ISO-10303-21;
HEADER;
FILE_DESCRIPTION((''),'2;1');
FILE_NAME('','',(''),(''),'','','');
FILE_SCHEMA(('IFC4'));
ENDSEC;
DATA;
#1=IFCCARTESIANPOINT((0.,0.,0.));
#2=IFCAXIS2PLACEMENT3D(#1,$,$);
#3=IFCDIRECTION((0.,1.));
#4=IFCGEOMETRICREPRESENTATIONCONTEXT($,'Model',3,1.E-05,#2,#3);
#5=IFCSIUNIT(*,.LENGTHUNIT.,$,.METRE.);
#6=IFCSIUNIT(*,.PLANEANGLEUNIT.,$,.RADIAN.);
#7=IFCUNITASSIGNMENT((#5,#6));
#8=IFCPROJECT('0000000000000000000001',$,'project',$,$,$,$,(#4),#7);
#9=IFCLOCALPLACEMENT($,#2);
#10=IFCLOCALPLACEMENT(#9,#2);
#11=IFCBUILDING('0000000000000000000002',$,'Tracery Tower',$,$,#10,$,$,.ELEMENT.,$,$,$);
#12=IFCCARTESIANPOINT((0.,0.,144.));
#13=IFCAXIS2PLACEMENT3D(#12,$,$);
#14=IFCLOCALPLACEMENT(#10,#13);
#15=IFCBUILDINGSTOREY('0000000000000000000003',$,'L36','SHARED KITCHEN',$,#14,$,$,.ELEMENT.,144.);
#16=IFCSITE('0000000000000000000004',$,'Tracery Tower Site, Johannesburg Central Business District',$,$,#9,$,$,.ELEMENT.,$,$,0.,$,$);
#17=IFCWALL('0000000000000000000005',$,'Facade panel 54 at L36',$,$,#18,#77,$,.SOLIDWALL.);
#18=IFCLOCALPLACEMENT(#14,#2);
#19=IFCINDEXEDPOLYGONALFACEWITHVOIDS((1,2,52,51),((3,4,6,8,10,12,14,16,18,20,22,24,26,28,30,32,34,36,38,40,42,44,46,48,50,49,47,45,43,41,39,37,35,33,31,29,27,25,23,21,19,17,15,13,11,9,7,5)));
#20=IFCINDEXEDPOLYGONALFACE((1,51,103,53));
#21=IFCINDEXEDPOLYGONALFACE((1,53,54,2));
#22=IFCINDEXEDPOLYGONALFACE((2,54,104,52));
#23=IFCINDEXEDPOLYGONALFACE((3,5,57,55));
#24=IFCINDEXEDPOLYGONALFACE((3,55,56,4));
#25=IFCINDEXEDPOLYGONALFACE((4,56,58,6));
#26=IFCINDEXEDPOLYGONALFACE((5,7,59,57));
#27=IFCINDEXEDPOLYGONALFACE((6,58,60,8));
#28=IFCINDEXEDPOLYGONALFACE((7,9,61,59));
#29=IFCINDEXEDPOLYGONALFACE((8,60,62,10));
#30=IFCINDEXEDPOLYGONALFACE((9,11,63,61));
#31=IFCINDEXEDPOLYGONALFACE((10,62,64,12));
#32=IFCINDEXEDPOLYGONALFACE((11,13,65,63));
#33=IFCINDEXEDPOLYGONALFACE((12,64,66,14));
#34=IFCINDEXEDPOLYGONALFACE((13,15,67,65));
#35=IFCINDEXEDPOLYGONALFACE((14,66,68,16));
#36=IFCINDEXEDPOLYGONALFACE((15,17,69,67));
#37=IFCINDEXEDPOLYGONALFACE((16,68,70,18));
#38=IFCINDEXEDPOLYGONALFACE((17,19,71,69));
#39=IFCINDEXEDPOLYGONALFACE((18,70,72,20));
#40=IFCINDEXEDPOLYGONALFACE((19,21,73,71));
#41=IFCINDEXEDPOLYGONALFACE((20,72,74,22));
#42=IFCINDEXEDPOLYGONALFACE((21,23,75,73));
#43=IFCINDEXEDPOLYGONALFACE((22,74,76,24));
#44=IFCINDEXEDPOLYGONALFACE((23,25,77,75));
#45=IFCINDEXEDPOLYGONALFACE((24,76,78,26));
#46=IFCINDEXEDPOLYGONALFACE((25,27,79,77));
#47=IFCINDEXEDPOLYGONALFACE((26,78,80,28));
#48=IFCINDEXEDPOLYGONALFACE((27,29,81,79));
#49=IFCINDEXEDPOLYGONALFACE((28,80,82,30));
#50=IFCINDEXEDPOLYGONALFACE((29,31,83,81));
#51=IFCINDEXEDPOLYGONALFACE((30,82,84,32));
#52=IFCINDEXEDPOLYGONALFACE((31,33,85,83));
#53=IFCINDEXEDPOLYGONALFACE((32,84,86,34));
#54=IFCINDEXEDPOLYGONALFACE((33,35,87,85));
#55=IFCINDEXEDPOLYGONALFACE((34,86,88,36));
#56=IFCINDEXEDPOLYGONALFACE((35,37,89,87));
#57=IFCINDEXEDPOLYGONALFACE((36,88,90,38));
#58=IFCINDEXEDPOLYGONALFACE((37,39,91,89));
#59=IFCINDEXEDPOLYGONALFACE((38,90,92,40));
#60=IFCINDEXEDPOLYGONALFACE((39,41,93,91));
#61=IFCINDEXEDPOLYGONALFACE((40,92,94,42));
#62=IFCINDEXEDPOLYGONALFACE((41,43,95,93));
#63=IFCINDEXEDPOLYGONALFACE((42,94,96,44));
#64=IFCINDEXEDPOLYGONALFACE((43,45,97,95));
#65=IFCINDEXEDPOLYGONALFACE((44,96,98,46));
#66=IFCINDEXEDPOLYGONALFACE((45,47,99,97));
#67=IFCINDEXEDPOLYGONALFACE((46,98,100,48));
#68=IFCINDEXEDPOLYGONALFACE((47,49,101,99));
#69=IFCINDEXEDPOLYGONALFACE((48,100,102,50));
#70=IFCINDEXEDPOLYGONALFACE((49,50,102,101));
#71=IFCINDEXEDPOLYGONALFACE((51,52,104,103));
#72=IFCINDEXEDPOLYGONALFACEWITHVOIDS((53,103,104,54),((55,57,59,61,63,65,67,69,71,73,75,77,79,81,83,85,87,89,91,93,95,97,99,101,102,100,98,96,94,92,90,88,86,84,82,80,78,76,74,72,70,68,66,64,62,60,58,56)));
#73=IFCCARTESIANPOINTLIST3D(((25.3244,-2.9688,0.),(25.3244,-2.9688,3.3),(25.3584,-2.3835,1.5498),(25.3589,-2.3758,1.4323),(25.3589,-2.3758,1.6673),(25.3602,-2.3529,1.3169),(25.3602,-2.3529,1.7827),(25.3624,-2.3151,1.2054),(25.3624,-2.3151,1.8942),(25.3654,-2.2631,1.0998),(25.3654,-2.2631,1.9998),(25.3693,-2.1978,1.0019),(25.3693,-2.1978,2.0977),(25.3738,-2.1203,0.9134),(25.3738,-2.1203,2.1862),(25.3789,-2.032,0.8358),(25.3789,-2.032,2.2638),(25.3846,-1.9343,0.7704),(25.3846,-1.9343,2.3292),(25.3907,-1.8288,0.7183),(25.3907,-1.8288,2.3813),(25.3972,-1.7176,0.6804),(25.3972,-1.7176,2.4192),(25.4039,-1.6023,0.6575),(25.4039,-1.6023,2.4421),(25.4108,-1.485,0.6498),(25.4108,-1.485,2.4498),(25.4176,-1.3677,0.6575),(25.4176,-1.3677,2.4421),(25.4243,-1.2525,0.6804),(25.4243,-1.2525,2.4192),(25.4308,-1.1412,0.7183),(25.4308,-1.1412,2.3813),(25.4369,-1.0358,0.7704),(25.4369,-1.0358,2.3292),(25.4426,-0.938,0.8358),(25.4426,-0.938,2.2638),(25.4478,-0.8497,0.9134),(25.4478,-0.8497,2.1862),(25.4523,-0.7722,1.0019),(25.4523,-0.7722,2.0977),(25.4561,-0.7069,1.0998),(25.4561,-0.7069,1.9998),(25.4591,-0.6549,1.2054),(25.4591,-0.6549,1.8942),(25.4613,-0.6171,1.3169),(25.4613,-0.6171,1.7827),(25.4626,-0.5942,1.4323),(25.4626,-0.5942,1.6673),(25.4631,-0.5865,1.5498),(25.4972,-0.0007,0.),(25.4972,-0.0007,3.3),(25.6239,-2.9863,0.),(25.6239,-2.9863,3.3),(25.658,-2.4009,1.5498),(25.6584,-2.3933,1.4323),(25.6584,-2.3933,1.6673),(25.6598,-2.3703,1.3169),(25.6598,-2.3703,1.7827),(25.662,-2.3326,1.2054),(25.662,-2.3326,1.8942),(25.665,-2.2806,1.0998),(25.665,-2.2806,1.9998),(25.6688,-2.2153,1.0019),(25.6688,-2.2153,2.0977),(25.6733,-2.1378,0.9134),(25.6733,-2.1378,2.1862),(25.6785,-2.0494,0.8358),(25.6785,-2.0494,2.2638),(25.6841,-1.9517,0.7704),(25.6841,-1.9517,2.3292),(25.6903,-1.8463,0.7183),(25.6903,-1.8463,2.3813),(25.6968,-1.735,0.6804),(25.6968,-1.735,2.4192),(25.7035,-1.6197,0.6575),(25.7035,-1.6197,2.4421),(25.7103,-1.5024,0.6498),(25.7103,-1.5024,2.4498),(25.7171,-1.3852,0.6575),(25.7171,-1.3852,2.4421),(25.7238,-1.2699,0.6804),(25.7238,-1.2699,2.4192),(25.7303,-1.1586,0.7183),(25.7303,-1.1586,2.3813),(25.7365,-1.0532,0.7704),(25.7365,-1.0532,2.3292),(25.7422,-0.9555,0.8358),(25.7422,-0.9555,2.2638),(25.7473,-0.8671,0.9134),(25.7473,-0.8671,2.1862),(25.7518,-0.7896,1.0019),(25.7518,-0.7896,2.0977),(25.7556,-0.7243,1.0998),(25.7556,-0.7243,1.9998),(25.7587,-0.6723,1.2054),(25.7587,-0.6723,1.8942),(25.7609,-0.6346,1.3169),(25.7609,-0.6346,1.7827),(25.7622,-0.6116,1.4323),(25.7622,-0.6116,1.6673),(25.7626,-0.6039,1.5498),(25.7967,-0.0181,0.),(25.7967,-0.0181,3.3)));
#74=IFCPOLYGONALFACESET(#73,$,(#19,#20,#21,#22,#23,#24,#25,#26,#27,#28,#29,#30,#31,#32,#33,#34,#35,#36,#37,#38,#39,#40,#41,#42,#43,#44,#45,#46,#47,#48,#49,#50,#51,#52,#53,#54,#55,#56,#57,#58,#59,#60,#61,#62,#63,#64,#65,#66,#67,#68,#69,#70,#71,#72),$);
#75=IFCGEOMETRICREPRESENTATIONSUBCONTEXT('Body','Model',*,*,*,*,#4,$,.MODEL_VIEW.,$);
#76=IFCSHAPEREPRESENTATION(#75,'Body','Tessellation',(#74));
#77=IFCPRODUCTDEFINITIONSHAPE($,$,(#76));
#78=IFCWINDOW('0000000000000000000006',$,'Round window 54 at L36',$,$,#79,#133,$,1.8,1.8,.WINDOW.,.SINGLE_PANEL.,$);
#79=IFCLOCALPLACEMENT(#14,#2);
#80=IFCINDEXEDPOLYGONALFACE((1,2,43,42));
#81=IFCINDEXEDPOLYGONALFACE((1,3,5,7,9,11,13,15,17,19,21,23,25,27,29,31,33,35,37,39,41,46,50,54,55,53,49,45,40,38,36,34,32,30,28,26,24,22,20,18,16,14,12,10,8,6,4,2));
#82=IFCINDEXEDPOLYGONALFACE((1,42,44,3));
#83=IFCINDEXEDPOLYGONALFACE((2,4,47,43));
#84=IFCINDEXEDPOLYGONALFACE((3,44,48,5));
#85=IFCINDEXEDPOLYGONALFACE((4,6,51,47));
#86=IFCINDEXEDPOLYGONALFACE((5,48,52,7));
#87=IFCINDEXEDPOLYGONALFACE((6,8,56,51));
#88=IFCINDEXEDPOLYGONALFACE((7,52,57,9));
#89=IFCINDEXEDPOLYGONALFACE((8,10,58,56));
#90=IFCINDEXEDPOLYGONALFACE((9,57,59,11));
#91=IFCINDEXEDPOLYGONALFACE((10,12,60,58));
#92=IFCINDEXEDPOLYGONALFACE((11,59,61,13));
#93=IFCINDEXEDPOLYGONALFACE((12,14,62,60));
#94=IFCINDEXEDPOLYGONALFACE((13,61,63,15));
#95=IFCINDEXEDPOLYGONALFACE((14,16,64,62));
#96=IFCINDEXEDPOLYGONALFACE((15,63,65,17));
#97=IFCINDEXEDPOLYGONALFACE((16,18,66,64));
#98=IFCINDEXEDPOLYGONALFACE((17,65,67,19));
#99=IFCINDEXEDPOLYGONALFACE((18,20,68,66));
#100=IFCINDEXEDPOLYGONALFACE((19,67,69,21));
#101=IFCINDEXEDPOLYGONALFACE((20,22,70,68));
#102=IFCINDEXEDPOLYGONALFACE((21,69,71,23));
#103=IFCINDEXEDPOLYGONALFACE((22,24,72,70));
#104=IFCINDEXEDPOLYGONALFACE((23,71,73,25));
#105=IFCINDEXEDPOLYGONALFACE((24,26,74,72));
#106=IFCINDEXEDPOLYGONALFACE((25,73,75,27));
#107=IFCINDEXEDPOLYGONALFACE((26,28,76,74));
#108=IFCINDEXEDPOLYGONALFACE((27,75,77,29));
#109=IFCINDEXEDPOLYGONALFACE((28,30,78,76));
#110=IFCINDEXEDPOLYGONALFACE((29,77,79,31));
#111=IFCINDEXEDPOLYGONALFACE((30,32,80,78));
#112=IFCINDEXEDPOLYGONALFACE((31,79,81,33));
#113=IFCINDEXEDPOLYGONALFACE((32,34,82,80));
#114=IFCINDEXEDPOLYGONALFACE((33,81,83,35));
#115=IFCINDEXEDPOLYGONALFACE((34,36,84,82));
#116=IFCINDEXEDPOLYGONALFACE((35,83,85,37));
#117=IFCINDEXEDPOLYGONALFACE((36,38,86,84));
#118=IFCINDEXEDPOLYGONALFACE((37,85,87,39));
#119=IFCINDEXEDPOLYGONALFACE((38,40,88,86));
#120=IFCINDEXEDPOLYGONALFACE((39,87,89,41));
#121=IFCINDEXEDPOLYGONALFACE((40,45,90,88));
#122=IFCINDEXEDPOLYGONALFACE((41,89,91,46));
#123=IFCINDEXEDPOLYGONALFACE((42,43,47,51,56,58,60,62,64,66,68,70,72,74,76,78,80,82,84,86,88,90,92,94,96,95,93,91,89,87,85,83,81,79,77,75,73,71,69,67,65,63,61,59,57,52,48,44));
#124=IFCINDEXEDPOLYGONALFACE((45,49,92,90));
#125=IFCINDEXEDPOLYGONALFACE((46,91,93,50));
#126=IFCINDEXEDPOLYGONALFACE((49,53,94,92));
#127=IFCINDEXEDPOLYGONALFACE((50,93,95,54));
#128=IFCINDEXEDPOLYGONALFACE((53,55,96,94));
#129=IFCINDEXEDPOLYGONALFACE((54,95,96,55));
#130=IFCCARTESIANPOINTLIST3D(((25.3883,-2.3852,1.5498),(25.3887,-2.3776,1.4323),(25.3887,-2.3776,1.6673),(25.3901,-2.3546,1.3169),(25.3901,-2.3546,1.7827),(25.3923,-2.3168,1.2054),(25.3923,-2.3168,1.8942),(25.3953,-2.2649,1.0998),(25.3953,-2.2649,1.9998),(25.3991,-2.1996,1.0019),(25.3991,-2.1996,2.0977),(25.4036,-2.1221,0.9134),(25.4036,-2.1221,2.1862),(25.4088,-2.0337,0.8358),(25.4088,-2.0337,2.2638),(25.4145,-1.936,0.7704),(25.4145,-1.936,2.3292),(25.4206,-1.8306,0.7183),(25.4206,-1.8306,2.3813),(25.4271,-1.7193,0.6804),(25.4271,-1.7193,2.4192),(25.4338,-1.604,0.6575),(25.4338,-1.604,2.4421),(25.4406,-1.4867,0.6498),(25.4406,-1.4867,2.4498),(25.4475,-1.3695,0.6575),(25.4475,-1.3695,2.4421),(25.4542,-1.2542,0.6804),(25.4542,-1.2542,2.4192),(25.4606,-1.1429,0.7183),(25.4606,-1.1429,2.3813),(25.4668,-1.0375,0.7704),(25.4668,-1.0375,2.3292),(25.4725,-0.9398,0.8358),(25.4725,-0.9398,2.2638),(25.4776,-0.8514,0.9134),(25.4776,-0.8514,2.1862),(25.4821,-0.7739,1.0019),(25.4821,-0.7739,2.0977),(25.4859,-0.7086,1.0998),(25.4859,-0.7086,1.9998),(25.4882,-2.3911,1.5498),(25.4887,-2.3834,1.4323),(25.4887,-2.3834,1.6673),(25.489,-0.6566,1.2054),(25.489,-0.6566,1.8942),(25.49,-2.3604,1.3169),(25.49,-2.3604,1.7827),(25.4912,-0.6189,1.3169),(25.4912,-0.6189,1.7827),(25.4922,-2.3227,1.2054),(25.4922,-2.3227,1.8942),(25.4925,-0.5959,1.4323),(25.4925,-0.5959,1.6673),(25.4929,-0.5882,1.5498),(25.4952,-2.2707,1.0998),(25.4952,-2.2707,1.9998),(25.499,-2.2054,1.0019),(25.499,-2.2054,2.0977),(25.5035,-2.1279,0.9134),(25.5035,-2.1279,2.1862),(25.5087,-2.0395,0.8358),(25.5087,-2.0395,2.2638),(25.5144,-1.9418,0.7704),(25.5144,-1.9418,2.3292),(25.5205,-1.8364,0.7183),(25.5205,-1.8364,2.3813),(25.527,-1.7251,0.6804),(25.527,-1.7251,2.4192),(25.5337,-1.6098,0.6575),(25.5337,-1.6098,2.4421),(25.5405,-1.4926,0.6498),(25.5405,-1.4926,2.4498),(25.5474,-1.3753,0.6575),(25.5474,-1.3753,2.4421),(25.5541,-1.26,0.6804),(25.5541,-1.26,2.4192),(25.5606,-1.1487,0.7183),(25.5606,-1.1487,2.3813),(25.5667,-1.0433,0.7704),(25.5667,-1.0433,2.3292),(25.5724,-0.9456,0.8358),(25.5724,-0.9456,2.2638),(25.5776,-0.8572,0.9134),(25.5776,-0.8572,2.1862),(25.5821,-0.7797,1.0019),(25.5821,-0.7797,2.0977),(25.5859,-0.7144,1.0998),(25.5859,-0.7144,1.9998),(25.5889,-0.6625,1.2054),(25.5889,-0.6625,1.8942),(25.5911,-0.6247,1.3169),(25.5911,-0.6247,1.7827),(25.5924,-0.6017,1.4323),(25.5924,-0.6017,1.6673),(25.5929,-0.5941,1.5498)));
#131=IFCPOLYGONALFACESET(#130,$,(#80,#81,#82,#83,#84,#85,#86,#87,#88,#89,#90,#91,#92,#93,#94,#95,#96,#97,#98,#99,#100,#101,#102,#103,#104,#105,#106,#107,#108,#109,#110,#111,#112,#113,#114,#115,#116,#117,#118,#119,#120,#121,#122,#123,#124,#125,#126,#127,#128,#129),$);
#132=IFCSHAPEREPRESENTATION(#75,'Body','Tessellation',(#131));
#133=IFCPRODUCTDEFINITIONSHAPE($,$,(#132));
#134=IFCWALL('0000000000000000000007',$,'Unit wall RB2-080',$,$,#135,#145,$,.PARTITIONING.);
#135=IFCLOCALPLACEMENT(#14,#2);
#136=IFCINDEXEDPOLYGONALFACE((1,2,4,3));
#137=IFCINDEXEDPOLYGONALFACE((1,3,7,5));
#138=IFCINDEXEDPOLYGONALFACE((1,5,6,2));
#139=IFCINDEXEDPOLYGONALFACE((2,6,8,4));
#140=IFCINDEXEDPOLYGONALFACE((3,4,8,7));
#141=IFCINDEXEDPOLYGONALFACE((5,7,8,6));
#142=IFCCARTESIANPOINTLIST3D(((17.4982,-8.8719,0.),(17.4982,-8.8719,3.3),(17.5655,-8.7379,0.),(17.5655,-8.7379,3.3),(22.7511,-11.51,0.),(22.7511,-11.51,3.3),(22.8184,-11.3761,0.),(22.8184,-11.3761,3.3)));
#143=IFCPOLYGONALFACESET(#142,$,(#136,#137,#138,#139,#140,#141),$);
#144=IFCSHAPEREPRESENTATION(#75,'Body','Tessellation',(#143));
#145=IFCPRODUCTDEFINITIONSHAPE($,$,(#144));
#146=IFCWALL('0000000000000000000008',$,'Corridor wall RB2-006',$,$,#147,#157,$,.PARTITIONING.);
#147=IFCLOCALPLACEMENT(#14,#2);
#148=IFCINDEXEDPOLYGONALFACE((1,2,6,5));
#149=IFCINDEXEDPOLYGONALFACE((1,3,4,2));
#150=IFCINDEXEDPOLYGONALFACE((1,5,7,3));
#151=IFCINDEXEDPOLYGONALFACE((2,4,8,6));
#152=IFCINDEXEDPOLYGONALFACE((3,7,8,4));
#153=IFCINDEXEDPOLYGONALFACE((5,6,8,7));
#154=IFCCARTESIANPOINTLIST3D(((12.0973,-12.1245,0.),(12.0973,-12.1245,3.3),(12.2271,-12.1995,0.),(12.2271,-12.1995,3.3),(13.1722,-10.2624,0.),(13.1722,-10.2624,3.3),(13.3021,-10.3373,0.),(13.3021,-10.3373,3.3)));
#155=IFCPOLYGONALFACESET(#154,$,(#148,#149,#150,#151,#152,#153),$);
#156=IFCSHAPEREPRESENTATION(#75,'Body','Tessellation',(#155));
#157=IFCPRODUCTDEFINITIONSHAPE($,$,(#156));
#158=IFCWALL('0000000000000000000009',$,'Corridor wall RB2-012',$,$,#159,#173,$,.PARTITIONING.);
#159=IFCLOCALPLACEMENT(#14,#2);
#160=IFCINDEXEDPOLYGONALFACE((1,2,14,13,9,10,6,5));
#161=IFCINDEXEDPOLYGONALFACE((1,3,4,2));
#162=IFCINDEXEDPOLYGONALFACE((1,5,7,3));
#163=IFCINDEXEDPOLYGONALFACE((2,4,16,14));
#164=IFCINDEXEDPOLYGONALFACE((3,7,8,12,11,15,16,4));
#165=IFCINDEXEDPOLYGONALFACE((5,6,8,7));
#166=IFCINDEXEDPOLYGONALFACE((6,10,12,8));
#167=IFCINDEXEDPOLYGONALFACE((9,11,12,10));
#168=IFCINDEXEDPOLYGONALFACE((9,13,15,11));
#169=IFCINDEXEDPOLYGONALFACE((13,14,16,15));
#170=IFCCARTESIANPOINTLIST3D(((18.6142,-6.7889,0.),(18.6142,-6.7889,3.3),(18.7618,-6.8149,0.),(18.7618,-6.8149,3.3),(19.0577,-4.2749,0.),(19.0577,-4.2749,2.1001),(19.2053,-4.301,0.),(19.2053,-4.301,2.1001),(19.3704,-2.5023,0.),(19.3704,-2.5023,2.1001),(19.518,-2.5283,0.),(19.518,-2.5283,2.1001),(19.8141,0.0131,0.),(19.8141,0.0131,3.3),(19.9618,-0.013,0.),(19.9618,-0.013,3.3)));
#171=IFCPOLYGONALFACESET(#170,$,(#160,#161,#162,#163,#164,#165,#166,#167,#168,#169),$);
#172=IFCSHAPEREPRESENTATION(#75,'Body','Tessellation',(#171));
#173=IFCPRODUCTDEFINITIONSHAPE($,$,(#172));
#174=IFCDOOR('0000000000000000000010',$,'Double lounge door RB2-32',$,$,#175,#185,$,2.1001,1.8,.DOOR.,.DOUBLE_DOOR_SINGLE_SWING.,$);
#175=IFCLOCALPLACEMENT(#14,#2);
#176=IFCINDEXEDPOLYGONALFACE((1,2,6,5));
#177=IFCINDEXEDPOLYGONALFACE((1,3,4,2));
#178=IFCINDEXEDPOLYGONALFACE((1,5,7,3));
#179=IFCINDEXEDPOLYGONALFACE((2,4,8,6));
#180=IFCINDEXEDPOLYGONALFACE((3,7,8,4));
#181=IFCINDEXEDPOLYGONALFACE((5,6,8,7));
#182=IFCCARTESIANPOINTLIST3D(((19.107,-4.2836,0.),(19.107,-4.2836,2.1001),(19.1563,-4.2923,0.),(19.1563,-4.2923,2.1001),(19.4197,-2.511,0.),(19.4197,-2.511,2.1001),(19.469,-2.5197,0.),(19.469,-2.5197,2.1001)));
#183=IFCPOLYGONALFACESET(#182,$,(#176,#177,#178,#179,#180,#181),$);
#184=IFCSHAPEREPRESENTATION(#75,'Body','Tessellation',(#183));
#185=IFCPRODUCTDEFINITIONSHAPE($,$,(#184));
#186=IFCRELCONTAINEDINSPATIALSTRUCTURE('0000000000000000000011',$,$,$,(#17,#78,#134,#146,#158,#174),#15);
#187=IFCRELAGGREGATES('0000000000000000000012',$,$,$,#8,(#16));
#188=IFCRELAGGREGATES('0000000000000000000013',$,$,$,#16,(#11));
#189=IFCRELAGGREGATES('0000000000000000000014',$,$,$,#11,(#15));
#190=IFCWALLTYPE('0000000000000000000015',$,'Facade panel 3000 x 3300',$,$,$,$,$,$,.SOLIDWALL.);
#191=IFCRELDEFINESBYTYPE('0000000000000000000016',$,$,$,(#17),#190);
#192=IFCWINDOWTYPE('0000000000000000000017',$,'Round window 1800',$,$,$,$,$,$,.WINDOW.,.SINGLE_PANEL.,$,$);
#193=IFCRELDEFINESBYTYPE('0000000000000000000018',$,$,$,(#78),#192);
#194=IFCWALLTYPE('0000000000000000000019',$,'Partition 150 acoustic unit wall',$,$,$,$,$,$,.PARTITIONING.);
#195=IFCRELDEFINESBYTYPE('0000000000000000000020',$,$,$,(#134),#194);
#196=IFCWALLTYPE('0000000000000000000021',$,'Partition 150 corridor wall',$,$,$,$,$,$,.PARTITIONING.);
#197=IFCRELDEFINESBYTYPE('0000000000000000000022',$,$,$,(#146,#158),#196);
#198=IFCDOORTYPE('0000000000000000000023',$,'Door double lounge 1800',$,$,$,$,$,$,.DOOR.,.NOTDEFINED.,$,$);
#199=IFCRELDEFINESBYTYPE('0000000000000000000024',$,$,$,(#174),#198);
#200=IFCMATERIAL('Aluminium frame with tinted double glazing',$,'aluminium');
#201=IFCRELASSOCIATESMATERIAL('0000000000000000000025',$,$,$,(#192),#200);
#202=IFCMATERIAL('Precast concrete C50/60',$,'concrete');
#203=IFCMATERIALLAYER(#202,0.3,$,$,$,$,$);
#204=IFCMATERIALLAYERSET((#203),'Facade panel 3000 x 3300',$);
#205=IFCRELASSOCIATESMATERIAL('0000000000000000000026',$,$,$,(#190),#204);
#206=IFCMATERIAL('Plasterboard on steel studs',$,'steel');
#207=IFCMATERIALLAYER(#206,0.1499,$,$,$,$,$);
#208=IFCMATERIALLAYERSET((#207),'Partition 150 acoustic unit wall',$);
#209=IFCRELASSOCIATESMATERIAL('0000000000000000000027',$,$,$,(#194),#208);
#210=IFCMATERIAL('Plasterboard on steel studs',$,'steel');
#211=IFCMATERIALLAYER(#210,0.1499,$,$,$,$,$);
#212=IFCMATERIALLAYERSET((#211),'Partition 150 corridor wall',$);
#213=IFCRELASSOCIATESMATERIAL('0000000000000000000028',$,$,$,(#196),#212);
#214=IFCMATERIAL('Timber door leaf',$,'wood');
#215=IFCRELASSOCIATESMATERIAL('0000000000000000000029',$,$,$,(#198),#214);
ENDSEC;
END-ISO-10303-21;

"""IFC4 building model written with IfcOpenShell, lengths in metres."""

from ifc_helpers import new_model, si_unit, direction, frame, frame_2d, origin, origin_2d, place, context, subcontext, project, spatial, rectangle, circle, extrude, material, layer, layer_set, type_object, element, fill, save


model = new_model("IFC4")

# Units and contexts
model_context = context("Model", 3, precision=1e-05, world=origin(), true_north=direction((0.0, 1.0)))
body_context = subcontext(model_context, "Body", "Model", "MODEL_VIEW")
ifc_project = project(units=[si_unit("LENGTHUNIT", "METRE"), si_unit("PLANEANGLEUNIT", "RADIAN")], contexts=[model_context])

# Site, building, storey
site_placement = place(None, origin())
site = spatial("IfcSite", under=ifc_project, at=site_placement, Name="Tracery Tower Site, Johannesburg Central Business District", CompositionType="ELEMENT", RefElevation=0.0)
building_placement = place(site_placement, origin())
building = spatial("IfcBuilding", under=site, at=building_placement, Name="Tracery Tower", CompositionType="ELEMENT")
storey_placement = place(building_placement, frame((0.0, 0.0, 144.0)))
storey = spatial("IfcBuildingStorey", under=building, at=storey_placement, Name="L36", Description="SHARED KITCHEN", CompositionType="ELEMENT", Elevation=144.0)

# Wall, opening, window
ifc_material_1 = material(Name="Aluminium frame with tinted double glazing", Category="aluminium")
window_type = type_object("IfcWindowType", Name="Round window 1800", PartitioningType="SINGLE_PANEL", PredefinedType="WINDOW", material=ifc_material_1)
ifc_material_2 = material(Name="Precast concrete C50/60", Category="concrete")
ifc_layer_1 = layer(ifc_material_2, 0.3)
ifc_layer_set_1 = layer_set([ifc_layer_1], Name="Facade panel 3000 x 3300")
wall_type_1 = type_object("IfcWallType", Name="Facade panel 3000 x 3300", PredefinedType="SOLIDWALL", material=ifc_layer_set_1)
wall_1_placement = place(storey_placement, frame((25.4741, -2.9775, 0.0), z_axis=(0.0, 0.0, 1.0), x_axis=(0.05814, 0.998308, 0.0)))
wall_1 = element("IfcWall", 1, at=wall_1_placement, inside=storey, type_object=wall_type_1, Name="Facade panel 54 at L36", PredefinedType="SOLIDWALL", context=body_context, shape_type="SweptSolid", body=[
    extrude(rectangle(XDim=2.9731, YDim=0.3, at=frame_2d((1.4866, 0.0))), origin(), (0.0, 0.0, 1.0), 3.3),
])
opening_1_placement = place(wall_1_placement, frame((1.4863, 0.0, 1.5498)))
opening_1 = element("IfcOpeningElement", 2, at=opening_1_placement, cuts=wall_1, PredefinedType="OPENING", context=body_context, shape_type="SweptSolid", body=[
    extrude(circle(Radius=0.9, at=origin_2d()), frame((0.0, 0.1599, 0.0), z_axis=(0.0, -1.0, 0.0), x_axis=(1.0, 0.0, 0.0)), (0.0, 0.0, 1.0), 0.3201),
])
window_1_placement = place(opening_1_placement, origin())
window_1 = element("IfcWindow", 3, at=window_1_placement, inside=storey, type_object=window_type, Name="Round window 54 at L36", OverallHeight=1.8, OverallWidth=1.8, PartitioningType="SINGLE_PANEL", PredefinedType="WINDOW", context=body_context, shape_type="SweptSolid", body=[
    extrude(circle(Radius=0.9, at=origin_2d()), frame((0.0, 0.1201, 0.0), z_axis=(0.0, -1.0, 0.0), x_axis=(1.0, 0.0, 0.0)), (0.0, 0.0, 1.0), 0.1001),
])
fill(opening_1, window_1)

# Walls
ifc_material_3 = material(Name="Plasterboard on steel studs", Category="steel")
ifc_layer_2 = layer(ifc_material_3, 0.1499)
ifc_layer_set_2 = layer_set([ifc_layer_2], Name="Partition 150 acoustic unit wall")
wall_type_2 = type_object("IfcWallType", Name="Partition 150 acoustic unit wall", PredefinedType="PARTITIONING", material=ifc_layer_set_2)
wall_2_placement = place(storey_placement, frame((17.532, -8.8049, 0.0), z_axis=(0.0, 0.0, 1.0), x_axis=(0.893628, -0.448808, 0.0)))
element("IfcWall", 4, at=wall_2_placement, inside=storey, type_object=wall_type_2, Name="Unit wall RB2-080", PredefinedType="PARTITIONING", context=body_context, shape_type="SweptSolid", body=[
    extrude(rectangle(XDim=5.8782, YDim=0.1499, at=frame_2d((2.939, 0.0))), origin(), (0.0, 0.0, 1.0), 3.3),
])
ifc_material_4 = material(Name="Plasterboard on steel studs", Category="steel")
ifc_layer_3 = layer(ifc_material_4, 0.1499)
ifc_layer_set_3 = layer_set([ifc_layer_3], Name="Partition 150 corridor wall")
wall_type_3 = type_object("IfcWallType", Name="Partition 150 corridor wall", PredefinedType="PARTITIONING", material=ifc_layer_set_3)
wall_3_placement = place(storey_placement, frame((12.1621, -12.1621, 0.0), z_axis=(0.0, 0.0, 1.0), x_axis=(0.499962, 0.866048, 0.0)))
element("IfcWall", 5, at=wall_3_placement, inside=storey, type_object=wall_type_3, Name="Corridor wall RB2-006", PredefinedType="PARTITIONING", context=body_context, shape_type="SweptSolid", body=[
    extrude(rectangle(XDim=2.1501, YDim=0.1499, at=frame_2d((1.0752, 0.0))), origin(), (0.0, 0.0, 1.0), 3.3),
])

# Wall, opening, door
wall_4_placement = place(storey_placement, frame((18.688, -6.802, 0.0), z_axis=(0.0, 0.0, 1.0), x_axis=(0.173729, 0.984794, 0.0)))
wall_4 = element("IfcWall", 6, at=wall_4_placement, inside=storey, type_object=wall_type_3, Name="Corridor wall RB2-012", PredefinedType="PARTITIONING", context=body_context, shape_type="SweptSolid", body=[
    extrude(rectangle(XDim=6.907, YDim=0.1499, at=frame_2d((3.4536, 0.0))), origin(), (0.0, 0.0, 1.0), 3.3),
])
opening_2_placement = place(wall_4_placement, frame((2.553, 0.0, 0.0)))
opening_2 = element("IfcOpeningElement", 7, at=opening_2_placement, cuts=wall_4, PredefinedType="OPENING", context=body_context, shape_type="SweptSolid", body=[
    extrude(rectangle(XDim=1.8, YDim=2.1001, at=frame_2d((0.8999, 1.05))), frame((0.0, 0.075, 0.0), z_axis=(0.0, -1.0, 0.0), x_axis=(1.0, 0.0, 0.0)), (0.0, 0.0, 1.0), 0.1499),
])
ifc_material_5 = material(Name="Timber door leaf", Category="wood")
door_type_1 = type_object("IfcDoorType", Name="Door double lounge 1800", OperationType="NOTDEFINED", PredefinedType="DOOR", material=ifc_material_5)
door_1_placement = place(opening_2_placement, origin())
door_1 = element("IfcDoor", 8, at=door_1_placement, inside=storey, type_object=door_type_1, Name="Double lounge door RB2-32", OperationType="DOUBLE_DOOR_SINGLE_SWING", OverallHeight=2.1001, OverallWidth=1.8, PredefinedType="DOOR", context=body_context, shape_type="SweptSolid", body=[
    extrude(rectangle(XDim=1.8, YDim=2.1001, at=frame_2d((0.8999, 1.05))), frame((0.0, 0.0249, 0.0), z_axis=(0.0, -1.0, 0.0), x_axis=(1.0, 0.0, 0.0)), (0.0, 0.0, 1.0), 0.05),
])
fill(opening_2, door_1)

save(model, "model.ifc")
